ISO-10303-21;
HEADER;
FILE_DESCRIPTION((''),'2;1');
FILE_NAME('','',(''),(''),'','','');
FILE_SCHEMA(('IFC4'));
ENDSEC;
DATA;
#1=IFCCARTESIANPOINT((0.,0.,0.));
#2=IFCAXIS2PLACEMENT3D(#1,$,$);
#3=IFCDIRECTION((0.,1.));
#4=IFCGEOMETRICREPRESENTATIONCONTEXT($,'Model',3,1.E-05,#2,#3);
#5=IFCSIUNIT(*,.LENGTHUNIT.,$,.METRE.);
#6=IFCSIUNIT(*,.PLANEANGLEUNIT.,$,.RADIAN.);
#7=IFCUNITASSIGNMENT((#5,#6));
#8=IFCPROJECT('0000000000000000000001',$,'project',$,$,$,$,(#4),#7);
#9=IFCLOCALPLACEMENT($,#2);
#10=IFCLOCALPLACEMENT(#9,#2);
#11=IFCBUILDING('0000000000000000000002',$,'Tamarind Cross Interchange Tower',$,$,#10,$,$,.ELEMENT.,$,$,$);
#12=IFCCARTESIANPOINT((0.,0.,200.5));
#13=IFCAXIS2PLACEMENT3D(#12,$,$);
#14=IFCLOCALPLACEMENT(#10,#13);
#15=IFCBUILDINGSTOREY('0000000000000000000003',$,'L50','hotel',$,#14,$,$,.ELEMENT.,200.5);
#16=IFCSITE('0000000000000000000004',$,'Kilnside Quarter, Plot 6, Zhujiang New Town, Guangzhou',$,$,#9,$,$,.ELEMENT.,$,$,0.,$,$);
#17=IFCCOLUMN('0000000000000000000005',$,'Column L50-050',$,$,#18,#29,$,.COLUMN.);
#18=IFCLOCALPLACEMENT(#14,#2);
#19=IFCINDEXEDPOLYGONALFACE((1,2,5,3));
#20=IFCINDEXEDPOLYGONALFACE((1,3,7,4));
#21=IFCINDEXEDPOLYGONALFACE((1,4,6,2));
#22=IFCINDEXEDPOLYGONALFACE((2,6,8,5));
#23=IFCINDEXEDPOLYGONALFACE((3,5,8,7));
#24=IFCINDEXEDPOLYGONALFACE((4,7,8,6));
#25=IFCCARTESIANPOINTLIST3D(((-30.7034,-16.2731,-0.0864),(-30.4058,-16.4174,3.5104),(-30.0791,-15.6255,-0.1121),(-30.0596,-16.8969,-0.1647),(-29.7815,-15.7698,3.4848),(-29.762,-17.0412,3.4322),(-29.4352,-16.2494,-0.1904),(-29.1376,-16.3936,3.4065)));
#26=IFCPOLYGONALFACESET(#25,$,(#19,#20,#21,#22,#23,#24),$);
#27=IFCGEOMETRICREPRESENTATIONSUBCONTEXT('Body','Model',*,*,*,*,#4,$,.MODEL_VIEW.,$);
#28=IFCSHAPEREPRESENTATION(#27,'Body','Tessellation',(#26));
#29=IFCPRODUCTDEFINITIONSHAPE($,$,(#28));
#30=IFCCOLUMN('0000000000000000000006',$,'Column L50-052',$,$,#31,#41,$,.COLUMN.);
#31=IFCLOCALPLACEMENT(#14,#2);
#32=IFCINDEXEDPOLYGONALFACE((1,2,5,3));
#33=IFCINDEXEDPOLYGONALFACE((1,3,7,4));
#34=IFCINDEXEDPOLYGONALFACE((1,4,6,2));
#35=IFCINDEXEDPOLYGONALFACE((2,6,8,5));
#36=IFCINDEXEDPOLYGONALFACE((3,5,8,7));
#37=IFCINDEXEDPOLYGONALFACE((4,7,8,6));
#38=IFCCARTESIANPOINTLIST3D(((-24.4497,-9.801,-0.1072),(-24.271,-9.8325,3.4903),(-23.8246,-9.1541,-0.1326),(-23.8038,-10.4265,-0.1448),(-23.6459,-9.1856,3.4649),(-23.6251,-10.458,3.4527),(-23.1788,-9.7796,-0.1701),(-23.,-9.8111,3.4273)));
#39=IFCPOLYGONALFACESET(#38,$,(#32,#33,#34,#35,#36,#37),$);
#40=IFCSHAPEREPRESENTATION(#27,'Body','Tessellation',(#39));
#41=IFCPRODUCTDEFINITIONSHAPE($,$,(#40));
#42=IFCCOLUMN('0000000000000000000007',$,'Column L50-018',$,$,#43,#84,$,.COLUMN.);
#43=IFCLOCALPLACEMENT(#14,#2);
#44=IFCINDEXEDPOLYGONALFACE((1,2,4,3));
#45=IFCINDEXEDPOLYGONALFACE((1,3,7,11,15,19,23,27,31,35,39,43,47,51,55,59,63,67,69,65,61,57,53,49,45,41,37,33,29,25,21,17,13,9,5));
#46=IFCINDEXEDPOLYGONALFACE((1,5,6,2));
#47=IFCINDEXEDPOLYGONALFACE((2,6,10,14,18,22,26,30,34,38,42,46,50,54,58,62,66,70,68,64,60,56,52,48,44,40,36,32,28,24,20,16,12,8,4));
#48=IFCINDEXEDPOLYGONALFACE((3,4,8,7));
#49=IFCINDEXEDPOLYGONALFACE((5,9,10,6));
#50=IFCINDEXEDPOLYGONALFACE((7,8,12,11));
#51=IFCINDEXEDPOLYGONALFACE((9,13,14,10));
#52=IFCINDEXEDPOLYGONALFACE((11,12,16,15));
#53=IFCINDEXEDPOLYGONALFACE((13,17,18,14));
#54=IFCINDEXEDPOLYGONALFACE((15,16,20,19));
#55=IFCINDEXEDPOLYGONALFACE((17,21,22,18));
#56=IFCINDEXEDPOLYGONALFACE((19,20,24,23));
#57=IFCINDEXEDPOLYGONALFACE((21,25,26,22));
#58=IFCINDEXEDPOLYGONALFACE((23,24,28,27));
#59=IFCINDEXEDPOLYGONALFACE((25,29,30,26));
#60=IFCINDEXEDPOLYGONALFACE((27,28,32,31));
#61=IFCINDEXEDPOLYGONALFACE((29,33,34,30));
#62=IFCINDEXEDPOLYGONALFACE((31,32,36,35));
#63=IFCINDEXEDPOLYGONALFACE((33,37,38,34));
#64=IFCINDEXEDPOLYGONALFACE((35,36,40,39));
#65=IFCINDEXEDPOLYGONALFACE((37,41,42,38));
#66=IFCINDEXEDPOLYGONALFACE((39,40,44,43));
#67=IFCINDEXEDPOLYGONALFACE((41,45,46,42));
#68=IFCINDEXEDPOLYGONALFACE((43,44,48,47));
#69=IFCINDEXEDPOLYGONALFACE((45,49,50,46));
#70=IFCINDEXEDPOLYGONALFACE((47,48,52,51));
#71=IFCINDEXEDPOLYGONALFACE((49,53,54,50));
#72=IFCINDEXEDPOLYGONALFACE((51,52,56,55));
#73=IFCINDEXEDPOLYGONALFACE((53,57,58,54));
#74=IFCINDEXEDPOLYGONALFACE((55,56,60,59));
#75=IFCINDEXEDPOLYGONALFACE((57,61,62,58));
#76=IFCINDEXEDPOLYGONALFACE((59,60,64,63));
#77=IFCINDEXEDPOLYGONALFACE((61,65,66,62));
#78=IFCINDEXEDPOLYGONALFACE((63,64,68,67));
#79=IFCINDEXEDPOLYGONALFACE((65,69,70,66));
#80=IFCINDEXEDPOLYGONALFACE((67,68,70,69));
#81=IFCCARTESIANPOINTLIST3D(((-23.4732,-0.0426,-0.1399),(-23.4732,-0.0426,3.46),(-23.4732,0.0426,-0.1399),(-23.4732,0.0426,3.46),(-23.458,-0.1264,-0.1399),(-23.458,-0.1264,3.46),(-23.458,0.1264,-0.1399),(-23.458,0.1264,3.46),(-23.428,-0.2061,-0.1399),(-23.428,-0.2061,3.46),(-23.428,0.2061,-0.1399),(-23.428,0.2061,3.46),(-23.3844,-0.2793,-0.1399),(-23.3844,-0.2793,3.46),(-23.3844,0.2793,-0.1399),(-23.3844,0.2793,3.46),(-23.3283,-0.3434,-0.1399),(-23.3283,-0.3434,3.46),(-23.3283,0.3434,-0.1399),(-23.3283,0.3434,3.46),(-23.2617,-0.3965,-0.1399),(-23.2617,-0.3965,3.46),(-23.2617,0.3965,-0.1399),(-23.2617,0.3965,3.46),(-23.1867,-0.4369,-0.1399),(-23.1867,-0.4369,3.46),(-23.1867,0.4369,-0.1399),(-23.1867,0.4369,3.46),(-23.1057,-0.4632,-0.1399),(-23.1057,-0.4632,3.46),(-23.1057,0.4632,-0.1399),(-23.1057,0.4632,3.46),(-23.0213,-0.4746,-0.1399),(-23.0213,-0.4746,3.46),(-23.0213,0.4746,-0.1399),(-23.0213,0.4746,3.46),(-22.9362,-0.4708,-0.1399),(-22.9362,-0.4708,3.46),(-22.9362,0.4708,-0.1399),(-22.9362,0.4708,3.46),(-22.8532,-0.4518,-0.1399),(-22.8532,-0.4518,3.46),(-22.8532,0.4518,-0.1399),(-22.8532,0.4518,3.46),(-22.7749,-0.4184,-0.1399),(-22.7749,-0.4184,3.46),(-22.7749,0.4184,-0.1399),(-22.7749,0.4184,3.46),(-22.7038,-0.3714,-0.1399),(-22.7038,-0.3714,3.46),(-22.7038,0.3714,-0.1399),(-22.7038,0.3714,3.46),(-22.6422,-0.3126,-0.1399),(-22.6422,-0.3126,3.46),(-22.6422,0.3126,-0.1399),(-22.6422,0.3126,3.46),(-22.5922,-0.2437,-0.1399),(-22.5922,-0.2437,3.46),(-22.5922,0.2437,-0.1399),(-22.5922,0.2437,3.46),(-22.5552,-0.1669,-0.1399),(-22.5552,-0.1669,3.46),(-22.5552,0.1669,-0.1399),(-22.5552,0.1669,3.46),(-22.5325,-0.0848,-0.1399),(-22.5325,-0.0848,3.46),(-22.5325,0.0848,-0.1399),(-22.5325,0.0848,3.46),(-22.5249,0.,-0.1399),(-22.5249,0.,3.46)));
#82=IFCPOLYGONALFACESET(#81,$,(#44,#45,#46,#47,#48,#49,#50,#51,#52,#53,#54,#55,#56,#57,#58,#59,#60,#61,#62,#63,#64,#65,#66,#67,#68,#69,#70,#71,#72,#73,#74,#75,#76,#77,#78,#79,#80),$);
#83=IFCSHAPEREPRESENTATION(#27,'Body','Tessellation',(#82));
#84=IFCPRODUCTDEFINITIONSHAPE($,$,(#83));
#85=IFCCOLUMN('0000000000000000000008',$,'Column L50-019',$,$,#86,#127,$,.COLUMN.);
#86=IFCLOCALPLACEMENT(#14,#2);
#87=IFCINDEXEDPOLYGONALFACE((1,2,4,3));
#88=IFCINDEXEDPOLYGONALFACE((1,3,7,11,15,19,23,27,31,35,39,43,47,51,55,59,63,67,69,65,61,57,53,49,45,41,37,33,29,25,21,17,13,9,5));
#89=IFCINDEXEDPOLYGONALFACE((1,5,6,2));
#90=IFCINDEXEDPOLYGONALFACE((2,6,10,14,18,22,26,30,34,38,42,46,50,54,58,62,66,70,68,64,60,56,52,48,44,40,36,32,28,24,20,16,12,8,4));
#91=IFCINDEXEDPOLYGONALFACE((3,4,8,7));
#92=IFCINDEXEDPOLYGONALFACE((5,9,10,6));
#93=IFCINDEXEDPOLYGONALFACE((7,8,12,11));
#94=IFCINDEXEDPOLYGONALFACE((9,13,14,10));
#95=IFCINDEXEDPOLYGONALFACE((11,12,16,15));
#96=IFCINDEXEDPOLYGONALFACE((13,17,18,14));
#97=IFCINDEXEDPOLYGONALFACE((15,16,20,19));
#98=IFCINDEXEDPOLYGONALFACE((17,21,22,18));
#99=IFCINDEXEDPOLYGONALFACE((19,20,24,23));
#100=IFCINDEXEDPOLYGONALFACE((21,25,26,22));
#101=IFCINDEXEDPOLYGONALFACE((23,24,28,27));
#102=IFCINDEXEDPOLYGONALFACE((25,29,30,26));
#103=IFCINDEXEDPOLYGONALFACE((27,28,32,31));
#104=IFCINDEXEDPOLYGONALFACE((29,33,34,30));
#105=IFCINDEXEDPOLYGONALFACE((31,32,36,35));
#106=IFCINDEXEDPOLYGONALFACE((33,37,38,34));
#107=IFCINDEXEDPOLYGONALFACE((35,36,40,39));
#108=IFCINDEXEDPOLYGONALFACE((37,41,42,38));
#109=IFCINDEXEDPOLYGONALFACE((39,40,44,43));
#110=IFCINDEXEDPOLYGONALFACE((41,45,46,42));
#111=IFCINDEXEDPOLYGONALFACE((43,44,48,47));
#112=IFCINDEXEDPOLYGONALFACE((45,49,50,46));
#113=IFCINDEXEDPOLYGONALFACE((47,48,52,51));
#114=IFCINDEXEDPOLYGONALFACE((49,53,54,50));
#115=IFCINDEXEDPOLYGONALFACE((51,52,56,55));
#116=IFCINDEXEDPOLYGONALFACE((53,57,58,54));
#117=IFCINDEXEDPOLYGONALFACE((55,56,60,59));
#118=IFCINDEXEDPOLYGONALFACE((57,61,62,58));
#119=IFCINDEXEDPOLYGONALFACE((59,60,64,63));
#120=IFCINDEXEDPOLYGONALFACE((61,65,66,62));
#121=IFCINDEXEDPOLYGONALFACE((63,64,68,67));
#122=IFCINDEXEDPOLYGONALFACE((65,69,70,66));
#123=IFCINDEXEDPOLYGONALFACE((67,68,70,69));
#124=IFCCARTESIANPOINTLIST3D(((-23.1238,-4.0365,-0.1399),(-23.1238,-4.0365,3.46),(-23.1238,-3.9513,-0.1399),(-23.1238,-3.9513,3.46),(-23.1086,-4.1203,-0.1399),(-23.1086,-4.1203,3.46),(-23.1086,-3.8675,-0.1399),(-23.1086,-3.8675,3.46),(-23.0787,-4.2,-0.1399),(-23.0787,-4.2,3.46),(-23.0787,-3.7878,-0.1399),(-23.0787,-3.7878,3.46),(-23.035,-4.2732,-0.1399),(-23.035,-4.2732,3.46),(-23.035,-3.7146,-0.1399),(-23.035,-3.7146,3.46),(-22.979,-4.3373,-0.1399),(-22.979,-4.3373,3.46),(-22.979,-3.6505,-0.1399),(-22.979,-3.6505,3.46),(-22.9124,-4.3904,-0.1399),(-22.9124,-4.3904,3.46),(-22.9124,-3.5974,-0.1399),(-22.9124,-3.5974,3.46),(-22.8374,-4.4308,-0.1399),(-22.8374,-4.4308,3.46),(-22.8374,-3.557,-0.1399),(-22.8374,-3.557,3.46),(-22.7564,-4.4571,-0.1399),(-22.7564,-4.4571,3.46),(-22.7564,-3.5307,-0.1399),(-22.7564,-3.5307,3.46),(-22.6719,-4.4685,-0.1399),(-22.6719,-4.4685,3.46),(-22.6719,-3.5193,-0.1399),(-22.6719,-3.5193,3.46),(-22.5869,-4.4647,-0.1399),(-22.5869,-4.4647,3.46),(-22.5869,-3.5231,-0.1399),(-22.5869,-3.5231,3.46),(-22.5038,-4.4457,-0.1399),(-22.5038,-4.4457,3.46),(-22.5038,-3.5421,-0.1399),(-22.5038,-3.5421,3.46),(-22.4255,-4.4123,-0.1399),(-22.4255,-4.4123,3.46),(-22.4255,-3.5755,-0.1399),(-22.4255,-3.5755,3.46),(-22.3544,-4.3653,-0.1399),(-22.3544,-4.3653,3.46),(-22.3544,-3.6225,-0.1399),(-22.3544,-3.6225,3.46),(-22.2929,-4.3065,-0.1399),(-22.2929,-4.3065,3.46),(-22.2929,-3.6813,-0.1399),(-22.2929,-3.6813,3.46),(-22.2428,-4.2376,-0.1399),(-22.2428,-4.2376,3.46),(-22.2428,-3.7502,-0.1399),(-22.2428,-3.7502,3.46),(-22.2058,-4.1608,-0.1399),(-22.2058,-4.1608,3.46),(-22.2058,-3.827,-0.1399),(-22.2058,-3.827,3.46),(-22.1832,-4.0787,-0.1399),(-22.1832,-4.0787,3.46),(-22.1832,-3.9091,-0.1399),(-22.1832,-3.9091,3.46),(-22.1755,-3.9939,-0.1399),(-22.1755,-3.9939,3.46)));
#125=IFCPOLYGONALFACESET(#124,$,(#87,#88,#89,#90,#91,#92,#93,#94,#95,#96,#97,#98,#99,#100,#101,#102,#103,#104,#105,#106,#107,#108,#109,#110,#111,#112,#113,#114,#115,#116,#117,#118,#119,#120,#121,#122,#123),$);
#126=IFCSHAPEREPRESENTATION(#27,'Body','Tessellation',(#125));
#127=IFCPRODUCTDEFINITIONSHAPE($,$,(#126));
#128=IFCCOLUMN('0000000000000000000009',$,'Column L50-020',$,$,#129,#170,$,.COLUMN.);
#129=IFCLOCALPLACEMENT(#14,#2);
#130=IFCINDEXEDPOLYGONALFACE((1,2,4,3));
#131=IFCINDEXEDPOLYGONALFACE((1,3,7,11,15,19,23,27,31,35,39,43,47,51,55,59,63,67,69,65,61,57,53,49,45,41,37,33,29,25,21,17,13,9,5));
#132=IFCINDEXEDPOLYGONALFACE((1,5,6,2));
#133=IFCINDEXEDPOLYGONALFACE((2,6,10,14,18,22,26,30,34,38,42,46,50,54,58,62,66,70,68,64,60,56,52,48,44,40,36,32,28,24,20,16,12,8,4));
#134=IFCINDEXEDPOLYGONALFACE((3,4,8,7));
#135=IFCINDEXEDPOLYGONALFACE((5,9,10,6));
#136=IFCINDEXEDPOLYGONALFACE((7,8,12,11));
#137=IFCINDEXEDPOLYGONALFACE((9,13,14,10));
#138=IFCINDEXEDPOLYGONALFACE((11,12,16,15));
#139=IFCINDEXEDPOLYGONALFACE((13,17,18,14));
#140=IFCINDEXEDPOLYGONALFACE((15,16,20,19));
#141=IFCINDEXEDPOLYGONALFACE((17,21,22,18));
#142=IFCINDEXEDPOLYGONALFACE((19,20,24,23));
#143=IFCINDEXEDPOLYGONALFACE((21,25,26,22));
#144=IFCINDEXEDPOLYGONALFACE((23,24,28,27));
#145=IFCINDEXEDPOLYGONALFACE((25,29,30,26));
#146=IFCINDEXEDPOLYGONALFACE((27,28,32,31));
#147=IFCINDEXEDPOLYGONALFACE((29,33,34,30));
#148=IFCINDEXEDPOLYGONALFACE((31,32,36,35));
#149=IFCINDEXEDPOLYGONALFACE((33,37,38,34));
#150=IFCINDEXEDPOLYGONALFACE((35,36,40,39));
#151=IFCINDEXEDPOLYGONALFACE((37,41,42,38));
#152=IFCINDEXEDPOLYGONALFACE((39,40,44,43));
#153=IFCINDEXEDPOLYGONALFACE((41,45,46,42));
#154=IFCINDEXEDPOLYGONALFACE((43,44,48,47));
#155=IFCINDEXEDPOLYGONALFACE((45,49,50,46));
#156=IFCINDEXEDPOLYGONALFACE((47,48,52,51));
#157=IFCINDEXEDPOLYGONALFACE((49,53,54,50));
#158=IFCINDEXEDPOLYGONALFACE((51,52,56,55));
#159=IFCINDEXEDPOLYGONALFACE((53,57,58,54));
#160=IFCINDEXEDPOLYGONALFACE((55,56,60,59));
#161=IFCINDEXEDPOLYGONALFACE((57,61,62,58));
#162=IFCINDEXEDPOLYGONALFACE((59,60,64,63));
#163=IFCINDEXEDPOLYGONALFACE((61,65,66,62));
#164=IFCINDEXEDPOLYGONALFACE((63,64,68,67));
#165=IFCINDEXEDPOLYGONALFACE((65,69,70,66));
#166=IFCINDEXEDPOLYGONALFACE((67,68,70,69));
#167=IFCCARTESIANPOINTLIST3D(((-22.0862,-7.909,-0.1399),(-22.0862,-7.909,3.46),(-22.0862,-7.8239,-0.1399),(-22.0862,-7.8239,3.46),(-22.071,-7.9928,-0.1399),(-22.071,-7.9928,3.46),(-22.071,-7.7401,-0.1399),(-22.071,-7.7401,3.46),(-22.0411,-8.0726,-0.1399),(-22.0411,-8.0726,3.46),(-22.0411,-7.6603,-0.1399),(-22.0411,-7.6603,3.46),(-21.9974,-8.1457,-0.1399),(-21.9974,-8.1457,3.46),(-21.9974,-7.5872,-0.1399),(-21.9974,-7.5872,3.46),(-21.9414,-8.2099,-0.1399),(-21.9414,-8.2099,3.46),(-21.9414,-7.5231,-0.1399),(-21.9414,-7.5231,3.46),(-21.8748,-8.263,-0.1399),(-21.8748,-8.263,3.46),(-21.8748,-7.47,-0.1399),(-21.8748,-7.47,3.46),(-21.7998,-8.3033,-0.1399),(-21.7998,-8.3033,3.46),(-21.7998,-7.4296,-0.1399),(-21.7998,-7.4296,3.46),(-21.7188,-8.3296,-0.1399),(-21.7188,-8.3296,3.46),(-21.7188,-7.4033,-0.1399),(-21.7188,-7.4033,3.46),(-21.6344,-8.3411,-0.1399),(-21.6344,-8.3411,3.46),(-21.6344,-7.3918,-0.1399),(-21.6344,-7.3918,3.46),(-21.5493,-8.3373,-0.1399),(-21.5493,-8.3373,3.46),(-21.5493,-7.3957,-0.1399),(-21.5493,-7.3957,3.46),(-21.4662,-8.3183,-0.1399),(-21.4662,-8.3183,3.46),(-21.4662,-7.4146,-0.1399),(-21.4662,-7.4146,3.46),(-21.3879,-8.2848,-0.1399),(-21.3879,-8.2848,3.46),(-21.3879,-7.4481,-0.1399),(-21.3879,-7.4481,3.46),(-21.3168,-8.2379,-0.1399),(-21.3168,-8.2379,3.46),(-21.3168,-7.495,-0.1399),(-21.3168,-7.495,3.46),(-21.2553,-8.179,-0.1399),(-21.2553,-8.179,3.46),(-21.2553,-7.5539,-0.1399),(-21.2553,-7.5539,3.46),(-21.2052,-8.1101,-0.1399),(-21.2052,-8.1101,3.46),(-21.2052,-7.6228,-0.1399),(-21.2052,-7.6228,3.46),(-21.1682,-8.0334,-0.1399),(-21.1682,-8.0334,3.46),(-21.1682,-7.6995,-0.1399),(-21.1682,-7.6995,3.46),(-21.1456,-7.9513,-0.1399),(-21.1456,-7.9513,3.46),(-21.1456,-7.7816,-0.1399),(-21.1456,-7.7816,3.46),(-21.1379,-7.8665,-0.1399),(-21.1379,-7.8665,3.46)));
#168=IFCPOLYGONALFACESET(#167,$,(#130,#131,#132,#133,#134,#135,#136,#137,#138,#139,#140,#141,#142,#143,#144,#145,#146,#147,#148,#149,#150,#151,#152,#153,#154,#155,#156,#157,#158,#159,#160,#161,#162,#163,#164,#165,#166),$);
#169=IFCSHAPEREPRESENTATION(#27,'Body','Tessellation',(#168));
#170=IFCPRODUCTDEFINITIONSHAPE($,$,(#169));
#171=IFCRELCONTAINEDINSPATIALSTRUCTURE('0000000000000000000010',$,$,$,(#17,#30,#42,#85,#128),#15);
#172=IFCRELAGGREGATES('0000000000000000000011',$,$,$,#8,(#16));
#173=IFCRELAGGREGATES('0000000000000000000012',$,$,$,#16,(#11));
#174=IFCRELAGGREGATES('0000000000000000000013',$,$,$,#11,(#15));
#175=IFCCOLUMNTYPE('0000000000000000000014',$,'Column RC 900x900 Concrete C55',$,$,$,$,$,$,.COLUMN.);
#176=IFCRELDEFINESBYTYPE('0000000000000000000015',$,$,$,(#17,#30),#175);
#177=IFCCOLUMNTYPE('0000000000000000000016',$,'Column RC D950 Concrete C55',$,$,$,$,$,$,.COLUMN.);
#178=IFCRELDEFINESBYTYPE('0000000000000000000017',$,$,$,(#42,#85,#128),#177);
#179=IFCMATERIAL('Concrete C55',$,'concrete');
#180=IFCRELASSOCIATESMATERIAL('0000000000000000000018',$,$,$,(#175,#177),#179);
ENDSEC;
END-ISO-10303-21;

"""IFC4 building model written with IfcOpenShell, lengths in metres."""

from ifc_helpers import new_model, si_unit, direction, frame, origin, origin_2d, place, context, subcontext, project, spatial, rectangle, circle, extrude, material, material_profile, profile_set, type_object, element, save


model = new_model("IFC4")

# Units and contexts
model_context = context("Model", 3, precision=1e-05, world=origin(), true_north=direction((0.0, 1.0)))
body_context = subcontext(model_context, "Body", "Model", "MODEL_VIEW")
ifc_project = project(units=[si_unit("LENGTHUNIT", "METRE"), si_unit("PLANEANGLEUNIT", "RADIAN")], contexts=[model_context])

# Site, building, storey
site_placement = place(None, origin())
site = spatial("IfcSite", under=ifc_project, at=site_placement, Name="Kilnside Quarter, Plot 6, Zhujiang New Town, Guangzhou", CompositionType="ELEMENT", RefElevation=0.0)
building_placement = place(site_placement, origin())
building = spatial("IfcBuilding", under=site, at=building_placement, Name="Tamarind Cross Interchange Tower", CompositionType="ELEMENT")
storey_placement = place(building_placement, frame((0.0, 0.0, 200.5)))
storey = spatial("IfcBuildingStorey", under=building, at=storey_placement, Name="L50", Description="hotel", CompositionType="ELEMENT", Elevation=200.5)

# Columns
ifc_material_1 = material(Name="Concrete C55", Category="concrete")
ifc_material_profile_1 = material_profile(ifc_material_1, rectangle(XDim=0.8999, YDim=0.8999, at=origin_2d()), Name="RC 900x900")
ifc_profile_set_1 = profile_set([ifc_material_profile_1], Name="Concrete C55")
column_type_1 = type_object("IfcColumnType", Name="Column RC 900x900 Concrete C55", PredefinedType="COLUMN", material=ifc_profile_set_1)
column_1_placement = place(storey_placement, frame((-30.0693, -16.2612, -0.1384), z_axis=(0.082392, -0.039946, 0.995799), x_axis=(-0.715456, 0.693219, 0.087004)))
element("IfcColumn", 1, at=column_1_placement, inside=storey, type_object=column_type_1, Name="Column L50-050", PredefinedType="COLUMN", context=body_context, shape_type="SweptSolid", body=[
    extrude(rectangle(XDim=0.8999, YDim=0.8999, at=origin_2d()), origin(), (0.0, 0.0, 1.0), 3.6121),
])
column_2_placement = place(storey_placement, frame((-23.8142, -9.7903, -0.1387), z_axis=(0.049615, -0.008744, 0.99873), x_axis=(-0.717728, 0.695071, 0.04174)))
element("IfcColumn", 2, at=column_2_placement, inside=storey, type_object=column_type_1, Name="Column L50-052", PredefinedType="COLUMN", context=body_context, shape_type="SweptSolid", body=[
    extrude(rectangle(XDim=0.8999, YDim=0.8999, at=origin_2d()), origin(), (0.0, 0.0, 1.0), 3.6021),
])
ifc_material_profile_2 = material_profile(ifc_material_1, circle(Radius=0.4751, at=origin_2d()), Name="RC D950")
ifc_profile_set_2 = profile_set([ifc_material_profile_2], Name="Concrete C55")
column_type_2 = type_object("IfcColumnType", Name="Column RC D950 Concrete C55", PredefinedType="COLUMN", material=ifc_profile_set_2)
for number, where, z_axis, x_axis, name in (
    (3, (-23.0, 0.0, -0.1399), (0.0, 0.0, 1.0), (1.0, 0.0, 0.0), "Column L50-018"),
    (4, (-22.6506, -3.9939, -0.1399), (0.0, 0.0, 1.0), (1.0, 0.0, 0.0), "Column L50-019"),
    (5, (-21.613, -7.8665, -0.1399), (0.0, 0.0, 1.0), (1.0, 0.0, 0.0), "Column L50-020"),
):
    element("IfcColumn", number, at=place(storey_placement, frame(where, z_axis=z_axis, x_axis=x_axis)), inside=storey, type_object=column_type_2, Name=name, PredefinedType="COLUMN", context=body_context, shape_type="SweptSolid", body=[
        extrude(circle(Radius=0.4751, at=origin_2d()), origin(), (0.0, 0.0, 1.0), 3.5999),
    ])

save(model, "model.ifc")
